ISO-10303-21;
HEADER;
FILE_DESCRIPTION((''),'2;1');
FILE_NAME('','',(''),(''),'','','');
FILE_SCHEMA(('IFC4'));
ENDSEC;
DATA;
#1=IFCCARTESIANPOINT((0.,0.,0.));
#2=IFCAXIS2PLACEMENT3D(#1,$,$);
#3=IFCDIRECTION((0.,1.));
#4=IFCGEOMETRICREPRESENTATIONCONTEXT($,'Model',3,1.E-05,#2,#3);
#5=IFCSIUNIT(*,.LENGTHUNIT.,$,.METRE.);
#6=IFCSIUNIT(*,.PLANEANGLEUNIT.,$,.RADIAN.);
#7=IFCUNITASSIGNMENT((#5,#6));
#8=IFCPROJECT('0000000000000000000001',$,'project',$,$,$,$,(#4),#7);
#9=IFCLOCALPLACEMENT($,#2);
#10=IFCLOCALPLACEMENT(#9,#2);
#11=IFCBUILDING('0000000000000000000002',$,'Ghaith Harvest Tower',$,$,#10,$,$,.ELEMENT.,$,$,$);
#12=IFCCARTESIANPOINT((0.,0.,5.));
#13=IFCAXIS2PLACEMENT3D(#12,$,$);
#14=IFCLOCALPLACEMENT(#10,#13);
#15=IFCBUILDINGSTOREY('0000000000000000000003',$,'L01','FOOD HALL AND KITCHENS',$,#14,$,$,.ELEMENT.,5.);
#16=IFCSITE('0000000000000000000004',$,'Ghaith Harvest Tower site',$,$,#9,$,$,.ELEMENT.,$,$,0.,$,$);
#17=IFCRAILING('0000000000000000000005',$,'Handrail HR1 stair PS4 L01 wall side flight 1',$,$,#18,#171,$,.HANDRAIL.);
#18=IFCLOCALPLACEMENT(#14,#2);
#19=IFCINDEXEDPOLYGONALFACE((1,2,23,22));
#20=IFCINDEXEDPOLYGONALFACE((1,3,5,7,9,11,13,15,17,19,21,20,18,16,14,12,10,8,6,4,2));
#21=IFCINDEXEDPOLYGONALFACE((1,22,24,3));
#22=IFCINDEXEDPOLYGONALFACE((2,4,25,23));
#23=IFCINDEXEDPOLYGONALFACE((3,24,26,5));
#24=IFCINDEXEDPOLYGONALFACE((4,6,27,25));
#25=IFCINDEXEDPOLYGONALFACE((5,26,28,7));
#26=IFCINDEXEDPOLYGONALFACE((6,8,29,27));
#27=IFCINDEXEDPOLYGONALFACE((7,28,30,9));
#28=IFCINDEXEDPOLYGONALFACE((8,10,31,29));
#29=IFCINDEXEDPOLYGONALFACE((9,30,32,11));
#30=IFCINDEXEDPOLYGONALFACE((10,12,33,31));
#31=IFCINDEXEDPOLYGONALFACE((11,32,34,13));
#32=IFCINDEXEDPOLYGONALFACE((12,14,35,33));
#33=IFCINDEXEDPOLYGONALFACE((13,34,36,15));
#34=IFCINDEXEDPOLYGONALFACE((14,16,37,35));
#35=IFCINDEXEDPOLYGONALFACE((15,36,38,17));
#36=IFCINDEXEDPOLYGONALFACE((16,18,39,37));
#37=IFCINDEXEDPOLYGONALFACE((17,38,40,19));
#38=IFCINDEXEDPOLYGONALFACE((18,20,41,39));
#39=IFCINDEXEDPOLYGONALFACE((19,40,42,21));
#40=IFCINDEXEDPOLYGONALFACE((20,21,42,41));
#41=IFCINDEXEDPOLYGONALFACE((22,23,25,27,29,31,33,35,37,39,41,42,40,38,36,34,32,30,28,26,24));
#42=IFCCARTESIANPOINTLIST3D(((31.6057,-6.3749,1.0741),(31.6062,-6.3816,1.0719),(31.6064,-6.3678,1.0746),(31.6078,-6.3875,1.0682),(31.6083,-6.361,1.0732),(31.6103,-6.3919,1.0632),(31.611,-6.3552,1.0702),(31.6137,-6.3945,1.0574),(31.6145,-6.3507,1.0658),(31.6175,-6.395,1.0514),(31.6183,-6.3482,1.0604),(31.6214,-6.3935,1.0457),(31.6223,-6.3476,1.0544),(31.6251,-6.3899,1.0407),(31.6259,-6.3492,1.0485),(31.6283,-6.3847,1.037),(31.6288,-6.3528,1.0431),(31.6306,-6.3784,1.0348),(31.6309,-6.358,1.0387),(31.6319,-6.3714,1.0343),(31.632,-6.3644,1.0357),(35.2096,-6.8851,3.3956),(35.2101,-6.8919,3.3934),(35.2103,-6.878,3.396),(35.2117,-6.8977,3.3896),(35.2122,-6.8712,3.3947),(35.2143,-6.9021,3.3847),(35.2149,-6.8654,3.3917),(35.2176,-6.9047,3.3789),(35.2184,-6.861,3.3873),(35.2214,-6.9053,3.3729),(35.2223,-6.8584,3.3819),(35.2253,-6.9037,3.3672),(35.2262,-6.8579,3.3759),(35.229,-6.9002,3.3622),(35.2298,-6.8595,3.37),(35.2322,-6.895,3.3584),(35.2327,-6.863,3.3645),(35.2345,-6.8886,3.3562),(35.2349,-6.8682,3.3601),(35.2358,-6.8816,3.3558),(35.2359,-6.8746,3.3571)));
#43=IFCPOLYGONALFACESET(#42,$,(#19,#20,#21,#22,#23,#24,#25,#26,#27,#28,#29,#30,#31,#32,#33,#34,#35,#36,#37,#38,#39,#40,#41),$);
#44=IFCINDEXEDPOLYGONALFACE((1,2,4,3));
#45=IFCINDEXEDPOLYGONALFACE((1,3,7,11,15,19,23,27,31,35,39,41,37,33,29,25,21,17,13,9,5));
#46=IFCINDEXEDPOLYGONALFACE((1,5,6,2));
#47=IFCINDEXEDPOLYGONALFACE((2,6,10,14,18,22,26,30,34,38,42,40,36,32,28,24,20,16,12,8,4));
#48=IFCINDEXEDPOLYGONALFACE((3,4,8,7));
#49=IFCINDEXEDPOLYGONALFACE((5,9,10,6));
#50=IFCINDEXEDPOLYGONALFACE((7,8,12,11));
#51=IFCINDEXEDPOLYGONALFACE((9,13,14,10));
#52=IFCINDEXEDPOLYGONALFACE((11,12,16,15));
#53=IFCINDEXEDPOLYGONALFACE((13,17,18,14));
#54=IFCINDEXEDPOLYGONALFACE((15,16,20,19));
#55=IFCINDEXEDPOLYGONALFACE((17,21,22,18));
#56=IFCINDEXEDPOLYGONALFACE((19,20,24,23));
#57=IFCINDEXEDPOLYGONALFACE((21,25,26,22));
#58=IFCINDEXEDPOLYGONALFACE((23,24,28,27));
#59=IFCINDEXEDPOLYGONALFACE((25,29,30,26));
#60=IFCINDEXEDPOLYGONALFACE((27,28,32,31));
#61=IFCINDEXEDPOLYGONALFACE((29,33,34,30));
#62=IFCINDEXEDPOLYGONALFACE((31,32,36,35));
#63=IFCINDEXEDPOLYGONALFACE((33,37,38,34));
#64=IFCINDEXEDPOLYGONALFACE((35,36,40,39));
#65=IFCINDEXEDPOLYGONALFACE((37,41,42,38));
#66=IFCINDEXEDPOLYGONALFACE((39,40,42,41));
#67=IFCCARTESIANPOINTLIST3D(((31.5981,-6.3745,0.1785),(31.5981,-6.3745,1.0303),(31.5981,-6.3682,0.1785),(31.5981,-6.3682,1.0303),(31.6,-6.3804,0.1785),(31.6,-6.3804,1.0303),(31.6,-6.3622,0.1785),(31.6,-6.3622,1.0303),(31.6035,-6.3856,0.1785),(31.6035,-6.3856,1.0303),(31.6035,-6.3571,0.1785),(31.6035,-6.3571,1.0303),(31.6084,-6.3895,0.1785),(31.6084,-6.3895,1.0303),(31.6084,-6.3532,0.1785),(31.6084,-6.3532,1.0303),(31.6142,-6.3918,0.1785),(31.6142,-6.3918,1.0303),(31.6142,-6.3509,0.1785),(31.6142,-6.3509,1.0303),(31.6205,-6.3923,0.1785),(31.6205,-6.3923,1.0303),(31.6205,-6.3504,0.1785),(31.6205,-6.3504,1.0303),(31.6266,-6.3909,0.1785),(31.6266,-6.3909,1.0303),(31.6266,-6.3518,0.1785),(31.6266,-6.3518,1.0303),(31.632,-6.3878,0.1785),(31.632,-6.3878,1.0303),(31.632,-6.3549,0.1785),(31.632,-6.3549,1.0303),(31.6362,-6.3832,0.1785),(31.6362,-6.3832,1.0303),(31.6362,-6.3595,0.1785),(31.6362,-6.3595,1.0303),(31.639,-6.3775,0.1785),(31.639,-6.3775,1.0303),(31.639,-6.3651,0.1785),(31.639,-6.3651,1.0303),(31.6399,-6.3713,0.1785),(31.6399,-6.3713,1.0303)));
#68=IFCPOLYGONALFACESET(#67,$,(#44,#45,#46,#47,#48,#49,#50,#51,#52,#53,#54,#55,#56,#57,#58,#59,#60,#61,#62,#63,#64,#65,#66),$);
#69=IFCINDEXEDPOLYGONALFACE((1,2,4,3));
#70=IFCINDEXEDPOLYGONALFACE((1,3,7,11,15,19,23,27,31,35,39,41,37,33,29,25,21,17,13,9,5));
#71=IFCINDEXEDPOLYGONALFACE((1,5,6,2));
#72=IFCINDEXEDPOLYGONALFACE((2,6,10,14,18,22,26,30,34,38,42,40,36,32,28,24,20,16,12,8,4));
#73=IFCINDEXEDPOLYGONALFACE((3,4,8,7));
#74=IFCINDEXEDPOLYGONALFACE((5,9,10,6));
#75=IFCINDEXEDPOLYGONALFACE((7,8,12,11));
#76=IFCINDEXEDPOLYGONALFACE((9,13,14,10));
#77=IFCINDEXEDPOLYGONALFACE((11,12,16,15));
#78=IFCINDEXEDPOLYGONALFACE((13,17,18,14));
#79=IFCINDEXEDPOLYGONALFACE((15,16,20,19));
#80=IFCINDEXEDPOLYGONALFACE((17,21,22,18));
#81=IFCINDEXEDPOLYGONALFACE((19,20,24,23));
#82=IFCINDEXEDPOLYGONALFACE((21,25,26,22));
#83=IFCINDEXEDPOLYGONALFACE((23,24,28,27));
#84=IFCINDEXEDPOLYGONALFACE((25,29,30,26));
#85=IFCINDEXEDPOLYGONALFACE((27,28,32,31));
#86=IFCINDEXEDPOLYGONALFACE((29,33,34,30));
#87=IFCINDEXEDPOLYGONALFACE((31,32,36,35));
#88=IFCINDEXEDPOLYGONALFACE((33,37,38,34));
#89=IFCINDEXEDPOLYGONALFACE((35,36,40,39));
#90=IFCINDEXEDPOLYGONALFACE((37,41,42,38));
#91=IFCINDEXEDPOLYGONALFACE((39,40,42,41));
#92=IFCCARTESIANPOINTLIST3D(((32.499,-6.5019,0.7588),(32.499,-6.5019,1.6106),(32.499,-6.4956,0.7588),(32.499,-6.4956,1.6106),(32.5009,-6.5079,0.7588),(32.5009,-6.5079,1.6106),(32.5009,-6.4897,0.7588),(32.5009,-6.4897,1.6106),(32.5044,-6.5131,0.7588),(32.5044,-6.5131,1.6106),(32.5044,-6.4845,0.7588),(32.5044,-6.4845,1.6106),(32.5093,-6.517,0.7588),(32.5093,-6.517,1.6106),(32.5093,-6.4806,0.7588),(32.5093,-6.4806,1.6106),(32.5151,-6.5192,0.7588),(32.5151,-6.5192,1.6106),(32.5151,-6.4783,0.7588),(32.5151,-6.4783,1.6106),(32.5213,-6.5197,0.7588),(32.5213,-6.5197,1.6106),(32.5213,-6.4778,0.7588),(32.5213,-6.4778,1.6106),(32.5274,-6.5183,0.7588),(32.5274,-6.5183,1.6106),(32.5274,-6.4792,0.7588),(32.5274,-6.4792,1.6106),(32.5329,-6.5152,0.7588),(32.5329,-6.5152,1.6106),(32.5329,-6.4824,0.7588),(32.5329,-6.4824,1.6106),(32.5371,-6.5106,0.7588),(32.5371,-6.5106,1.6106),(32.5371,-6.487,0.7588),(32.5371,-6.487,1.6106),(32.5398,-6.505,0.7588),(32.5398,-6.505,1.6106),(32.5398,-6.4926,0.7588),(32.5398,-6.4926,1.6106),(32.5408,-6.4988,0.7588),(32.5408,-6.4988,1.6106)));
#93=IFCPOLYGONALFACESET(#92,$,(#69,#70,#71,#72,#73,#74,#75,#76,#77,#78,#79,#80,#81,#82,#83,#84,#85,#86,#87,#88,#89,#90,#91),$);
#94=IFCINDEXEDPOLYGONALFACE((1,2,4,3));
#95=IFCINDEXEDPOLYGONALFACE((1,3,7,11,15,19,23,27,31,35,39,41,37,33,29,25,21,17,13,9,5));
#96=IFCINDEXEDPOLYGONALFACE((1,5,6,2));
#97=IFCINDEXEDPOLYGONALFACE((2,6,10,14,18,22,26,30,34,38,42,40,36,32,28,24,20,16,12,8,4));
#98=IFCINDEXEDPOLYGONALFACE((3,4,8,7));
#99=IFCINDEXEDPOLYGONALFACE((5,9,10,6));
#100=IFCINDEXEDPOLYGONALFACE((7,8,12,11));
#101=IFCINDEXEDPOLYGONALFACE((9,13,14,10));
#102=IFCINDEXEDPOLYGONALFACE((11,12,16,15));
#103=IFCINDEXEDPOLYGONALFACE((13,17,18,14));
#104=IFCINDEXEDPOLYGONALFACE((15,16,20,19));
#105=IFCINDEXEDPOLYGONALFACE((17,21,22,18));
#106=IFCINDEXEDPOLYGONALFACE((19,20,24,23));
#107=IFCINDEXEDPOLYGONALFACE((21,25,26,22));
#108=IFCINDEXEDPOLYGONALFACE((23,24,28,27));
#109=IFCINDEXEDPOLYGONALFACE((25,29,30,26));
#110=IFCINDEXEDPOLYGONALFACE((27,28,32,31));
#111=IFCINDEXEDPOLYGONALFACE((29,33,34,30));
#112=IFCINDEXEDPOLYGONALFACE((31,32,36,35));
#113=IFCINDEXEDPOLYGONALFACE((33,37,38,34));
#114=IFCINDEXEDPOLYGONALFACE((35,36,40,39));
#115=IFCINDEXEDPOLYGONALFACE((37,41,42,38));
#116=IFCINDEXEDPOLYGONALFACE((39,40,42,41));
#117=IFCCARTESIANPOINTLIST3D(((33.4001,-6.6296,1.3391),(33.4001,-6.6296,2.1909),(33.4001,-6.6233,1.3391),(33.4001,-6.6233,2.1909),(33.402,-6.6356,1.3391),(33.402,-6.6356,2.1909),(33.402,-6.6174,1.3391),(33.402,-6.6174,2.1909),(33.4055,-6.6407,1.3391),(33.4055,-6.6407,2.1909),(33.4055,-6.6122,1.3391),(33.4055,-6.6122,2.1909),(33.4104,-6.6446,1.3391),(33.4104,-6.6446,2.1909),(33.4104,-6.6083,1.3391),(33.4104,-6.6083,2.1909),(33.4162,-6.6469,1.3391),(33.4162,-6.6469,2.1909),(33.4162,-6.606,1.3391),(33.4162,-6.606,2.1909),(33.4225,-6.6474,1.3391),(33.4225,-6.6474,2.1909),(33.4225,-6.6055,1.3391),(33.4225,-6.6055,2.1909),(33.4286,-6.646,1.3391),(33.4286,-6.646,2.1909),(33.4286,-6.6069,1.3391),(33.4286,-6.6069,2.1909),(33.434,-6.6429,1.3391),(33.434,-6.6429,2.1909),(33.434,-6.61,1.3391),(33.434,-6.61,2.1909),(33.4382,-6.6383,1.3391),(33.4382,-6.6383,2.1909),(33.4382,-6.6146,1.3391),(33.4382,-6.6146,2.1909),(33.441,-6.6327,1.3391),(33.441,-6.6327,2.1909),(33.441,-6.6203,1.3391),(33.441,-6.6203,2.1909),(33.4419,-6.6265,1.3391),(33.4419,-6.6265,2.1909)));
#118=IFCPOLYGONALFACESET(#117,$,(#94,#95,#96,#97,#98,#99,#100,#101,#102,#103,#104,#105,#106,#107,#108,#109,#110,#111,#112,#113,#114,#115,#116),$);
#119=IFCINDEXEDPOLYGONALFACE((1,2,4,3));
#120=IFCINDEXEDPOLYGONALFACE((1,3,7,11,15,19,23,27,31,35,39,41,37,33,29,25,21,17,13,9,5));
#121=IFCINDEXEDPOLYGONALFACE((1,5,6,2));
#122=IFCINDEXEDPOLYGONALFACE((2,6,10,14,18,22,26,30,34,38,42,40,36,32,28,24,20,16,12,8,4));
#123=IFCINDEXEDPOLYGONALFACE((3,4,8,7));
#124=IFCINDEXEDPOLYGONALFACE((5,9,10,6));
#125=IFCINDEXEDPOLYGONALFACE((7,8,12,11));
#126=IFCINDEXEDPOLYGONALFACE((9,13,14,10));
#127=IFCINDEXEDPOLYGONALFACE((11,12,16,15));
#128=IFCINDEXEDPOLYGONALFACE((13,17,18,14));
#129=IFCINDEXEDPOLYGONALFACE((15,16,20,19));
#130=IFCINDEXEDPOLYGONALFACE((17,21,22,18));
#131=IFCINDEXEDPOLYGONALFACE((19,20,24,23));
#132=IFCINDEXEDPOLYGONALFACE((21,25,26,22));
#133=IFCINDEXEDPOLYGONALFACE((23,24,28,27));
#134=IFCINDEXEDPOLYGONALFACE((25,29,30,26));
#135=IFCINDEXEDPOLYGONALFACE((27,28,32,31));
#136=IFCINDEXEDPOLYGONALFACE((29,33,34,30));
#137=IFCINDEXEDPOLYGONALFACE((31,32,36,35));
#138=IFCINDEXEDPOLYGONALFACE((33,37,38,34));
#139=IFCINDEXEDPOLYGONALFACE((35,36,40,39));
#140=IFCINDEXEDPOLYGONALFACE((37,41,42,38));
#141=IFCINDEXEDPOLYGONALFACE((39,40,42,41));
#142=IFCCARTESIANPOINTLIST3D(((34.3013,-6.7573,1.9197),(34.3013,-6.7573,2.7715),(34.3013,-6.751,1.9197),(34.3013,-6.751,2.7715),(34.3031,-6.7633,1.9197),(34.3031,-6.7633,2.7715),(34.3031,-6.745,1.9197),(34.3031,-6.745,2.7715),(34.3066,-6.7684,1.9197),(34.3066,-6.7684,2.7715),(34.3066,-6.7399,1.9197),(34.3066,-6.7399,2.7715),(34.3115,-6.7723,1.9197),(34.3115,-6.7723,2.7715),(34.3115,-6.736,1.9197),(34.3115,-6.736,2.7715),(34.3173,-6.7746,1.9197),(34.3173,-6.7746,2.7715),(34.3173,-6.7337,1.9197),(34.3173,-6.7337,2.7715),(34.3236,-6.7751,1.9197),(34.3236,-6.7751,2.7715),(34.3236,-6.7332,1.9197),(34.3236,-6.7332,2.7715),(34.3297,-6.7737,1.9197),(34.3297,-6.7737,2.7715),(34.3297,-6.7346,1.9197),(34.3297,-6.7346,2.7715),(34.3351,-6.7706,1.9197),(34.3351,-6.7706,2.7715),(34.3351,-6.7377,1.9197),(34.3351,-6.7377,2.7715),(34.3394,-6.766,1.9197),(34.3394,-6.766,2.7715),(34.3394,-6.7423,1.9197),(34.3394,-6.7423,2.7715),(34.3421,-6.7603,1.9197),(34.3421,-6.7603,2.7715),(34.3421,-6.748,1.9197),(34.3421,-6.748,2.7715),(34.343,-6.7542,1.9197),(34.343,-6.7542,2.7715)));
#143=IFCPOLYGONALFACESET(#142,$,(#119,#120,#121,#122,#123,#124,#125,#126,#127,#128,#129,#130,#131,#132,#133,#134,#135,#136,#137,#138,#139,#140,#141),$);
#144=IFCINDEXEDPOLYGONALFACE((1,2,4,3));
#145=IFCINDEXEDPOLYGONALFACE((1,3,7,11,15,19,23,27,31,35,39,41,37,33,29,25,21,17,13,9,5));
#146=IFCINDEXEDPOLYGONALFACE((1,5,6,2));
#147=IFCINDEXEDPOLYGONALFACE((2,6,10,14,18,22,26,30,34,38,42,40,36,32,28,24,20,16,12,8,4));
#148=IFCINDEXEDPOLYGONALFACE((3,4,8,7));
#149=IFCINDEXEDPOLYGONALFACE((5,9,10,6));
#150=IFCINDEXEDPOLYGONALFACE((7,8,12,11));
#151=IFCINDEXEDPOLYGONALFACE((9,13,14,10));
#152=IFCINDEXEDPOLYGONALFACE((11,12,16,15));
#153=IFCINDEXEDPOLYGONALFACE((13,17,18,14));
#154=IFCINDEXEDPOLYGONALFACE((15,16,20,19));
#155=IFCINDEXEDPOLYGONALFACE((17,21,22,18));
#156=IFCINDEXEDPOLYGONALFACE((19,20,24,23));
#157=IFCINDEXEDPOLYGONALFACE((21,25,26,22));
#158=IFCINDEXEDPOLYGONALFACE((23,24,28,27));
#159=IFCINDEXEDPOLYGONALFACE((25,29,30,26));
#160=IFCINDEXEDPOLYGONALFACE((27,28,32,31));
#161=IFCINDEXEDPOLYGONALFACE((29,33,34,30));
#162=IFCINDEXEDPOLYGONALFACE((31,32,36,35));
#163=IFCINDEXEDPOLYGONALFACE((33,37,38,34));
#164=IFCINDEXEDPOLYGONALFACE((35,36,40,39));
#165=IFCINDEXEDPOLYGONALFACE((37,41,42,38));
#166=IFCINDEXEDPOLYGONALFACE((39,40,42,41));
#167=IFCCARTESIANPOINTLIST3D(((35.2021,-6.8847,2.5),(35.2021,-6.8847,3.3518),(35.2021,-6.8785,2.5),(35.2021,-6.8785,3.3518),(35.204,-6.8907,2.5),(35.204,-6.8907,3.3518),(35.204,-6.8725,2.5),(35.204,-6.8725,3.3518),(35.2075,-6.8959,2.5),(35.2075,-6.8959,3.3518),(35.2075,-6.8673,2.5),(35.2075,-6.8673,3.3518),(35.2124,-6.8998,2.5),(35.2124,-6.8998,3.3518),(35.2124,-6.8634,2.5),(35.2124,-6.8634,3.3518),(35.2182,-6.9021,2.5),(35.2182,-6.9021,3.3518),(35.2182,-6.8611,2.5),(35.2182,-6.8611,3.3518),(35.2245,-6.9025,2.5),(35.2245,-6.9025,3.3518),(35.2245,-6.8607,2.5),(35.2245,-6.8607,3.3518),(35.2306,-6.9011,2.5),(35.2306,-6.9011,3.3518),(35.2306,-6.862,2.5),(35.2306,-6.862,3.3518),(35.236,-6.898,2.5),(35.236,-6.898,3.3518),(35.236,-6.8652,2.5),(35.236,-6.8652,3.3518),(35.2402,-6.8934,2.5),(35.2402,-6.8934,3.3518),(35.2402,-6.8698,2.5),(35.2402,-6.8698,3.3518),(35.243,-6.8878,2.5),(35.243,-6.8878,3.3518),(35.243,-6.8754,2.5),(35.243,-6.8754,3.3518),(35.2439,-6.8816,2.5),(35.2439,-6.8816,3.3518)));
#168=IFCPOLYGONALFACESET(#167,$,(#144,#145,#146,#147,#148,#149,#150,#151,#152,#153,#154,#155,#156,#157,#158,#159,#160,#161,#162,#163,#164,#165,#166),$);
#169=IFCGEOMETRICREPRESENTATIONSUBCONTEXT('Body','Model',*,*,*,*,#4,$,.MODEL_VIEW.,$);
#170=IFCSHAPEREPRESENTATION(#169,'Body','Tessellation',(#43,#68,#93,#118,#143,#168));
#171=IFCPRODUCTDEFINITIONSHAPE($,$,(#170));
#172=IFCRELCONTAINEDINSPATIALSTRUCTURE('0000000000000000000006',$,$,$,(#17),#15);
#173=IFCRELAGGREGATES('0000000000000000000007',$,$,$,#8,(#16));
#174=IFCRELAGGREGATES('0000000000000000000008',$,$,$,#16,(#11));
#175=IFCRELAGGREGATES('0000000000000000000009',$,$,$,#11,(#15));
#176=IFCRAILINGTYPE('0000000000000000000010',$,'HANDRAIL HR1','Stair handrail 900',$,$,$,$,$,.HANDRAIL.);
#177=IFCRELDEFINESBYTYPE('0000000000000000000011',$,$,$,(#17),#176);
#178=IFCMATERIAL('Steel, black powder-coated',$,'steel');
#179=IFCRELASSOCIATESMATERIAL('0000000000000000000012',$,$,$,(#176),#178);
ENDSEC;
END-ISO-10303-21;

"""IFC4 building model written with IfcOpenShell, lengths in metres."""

from ifc_helpers import new_model, si_unit, direction, frame, origin, origin_2d, place, context, subcontext, project, spatial, circle, extrude, material, type_object, element, save


model = new_model("IFC4")

# Units and contexts
model_context = context("Model", 3, precision=1e-05, world=origin(), true_north=direction((0.0, 1.0)))
body_context = subcontext(model_context, "Body", "Model", "MODEL_VIEW")
ifc_project = project(units=[si_unit("LENGTHUNIT", "METRE"), si_unit("PLANEANGLEUNIT", "RADIAN")], contexts=[model_context])

# Site, building, storey
site_placement = place(None, origin())
site = spatial("IfcSite", under=ifc_project, at=site_placement, Name="Ghaith Harvest Tower site", CompositionType="ELEMENT", RefElevation=0.0)
building_placement = place(site_placement, origin())
building = spatial("IfcBuilding", under=site, at=building_placement, Name="Ghaith Harvest Tower", CompositionType="ELEMENT")
storey_placement = place(building_placement, frame((0.0, 0.0, 5.0)))
storey = spatial("IfcBuildingStorey", under=building, at=storey_placement, Name="L01", Description="FOOD HALL AND KITCHENS", CompositionType="ELEMENT", Elevation=5.0)

# Railing
ifc_material_1 = material(Name="Steel, black powder-coated", Category="steel")
railing_type = type_object("IfcRailingType", Name="HANDRAIL HR1", Description="Stair handrail 900", PredefinedType="HANDRAIL", material=ifc_material_1)
railing_1_placement = place(storey_placement, frame((31.6189, -6.3713, 0.1785)))
element("IfcRailing", 1, at=railing_1_placement, inside=storey, type_object=railing_type, Name="Handrail HR1 stair PS4 L01 wall side flight 1", PredefinedType="HANDRAIL", context=body_context, shape_type="SweptSolid", body=[
    extrude(circle(Radius=0.0239, at=origin_2d()), frame((0.0, 0.0, 0.876), z_axis=(0.83479, -0.118189, 0.537733), x_axis=(0.140182, 0.990126, 0.0)), (0.0, 0.0, 1.0), 4.3171),
    extrude(circle(Radius=0.021, at=origin_2d()), origin(), (0.0, 0.0, 1.0), 0.8518),
    extrude(circle(Radius=0.021, at=origin_2d()), frame((0.9009, -0.1274, 0.5803)), (0.0, 0.0, 1.0), 0.8518),
    extrude(circle(Radius=0.021, at=origin_2d()), frame((1.802, -0.2551, 1.1606)), (0.0, 0.0, 1.0), 0.8518),
    extrude(circle(Radius=0.021, at=origin_2d()), frame((2.7031, -0.3828, 1.7412)), (0.0, 0.0, 1.0), 0.8518),
    extrude(circle(Radius=0.021, at=origin_2d()), frame((3.604, -0.5103, 2.3215)), (0.0, 0.0, 1.0), 0.8518),
])

save(model, "model.ifc")
